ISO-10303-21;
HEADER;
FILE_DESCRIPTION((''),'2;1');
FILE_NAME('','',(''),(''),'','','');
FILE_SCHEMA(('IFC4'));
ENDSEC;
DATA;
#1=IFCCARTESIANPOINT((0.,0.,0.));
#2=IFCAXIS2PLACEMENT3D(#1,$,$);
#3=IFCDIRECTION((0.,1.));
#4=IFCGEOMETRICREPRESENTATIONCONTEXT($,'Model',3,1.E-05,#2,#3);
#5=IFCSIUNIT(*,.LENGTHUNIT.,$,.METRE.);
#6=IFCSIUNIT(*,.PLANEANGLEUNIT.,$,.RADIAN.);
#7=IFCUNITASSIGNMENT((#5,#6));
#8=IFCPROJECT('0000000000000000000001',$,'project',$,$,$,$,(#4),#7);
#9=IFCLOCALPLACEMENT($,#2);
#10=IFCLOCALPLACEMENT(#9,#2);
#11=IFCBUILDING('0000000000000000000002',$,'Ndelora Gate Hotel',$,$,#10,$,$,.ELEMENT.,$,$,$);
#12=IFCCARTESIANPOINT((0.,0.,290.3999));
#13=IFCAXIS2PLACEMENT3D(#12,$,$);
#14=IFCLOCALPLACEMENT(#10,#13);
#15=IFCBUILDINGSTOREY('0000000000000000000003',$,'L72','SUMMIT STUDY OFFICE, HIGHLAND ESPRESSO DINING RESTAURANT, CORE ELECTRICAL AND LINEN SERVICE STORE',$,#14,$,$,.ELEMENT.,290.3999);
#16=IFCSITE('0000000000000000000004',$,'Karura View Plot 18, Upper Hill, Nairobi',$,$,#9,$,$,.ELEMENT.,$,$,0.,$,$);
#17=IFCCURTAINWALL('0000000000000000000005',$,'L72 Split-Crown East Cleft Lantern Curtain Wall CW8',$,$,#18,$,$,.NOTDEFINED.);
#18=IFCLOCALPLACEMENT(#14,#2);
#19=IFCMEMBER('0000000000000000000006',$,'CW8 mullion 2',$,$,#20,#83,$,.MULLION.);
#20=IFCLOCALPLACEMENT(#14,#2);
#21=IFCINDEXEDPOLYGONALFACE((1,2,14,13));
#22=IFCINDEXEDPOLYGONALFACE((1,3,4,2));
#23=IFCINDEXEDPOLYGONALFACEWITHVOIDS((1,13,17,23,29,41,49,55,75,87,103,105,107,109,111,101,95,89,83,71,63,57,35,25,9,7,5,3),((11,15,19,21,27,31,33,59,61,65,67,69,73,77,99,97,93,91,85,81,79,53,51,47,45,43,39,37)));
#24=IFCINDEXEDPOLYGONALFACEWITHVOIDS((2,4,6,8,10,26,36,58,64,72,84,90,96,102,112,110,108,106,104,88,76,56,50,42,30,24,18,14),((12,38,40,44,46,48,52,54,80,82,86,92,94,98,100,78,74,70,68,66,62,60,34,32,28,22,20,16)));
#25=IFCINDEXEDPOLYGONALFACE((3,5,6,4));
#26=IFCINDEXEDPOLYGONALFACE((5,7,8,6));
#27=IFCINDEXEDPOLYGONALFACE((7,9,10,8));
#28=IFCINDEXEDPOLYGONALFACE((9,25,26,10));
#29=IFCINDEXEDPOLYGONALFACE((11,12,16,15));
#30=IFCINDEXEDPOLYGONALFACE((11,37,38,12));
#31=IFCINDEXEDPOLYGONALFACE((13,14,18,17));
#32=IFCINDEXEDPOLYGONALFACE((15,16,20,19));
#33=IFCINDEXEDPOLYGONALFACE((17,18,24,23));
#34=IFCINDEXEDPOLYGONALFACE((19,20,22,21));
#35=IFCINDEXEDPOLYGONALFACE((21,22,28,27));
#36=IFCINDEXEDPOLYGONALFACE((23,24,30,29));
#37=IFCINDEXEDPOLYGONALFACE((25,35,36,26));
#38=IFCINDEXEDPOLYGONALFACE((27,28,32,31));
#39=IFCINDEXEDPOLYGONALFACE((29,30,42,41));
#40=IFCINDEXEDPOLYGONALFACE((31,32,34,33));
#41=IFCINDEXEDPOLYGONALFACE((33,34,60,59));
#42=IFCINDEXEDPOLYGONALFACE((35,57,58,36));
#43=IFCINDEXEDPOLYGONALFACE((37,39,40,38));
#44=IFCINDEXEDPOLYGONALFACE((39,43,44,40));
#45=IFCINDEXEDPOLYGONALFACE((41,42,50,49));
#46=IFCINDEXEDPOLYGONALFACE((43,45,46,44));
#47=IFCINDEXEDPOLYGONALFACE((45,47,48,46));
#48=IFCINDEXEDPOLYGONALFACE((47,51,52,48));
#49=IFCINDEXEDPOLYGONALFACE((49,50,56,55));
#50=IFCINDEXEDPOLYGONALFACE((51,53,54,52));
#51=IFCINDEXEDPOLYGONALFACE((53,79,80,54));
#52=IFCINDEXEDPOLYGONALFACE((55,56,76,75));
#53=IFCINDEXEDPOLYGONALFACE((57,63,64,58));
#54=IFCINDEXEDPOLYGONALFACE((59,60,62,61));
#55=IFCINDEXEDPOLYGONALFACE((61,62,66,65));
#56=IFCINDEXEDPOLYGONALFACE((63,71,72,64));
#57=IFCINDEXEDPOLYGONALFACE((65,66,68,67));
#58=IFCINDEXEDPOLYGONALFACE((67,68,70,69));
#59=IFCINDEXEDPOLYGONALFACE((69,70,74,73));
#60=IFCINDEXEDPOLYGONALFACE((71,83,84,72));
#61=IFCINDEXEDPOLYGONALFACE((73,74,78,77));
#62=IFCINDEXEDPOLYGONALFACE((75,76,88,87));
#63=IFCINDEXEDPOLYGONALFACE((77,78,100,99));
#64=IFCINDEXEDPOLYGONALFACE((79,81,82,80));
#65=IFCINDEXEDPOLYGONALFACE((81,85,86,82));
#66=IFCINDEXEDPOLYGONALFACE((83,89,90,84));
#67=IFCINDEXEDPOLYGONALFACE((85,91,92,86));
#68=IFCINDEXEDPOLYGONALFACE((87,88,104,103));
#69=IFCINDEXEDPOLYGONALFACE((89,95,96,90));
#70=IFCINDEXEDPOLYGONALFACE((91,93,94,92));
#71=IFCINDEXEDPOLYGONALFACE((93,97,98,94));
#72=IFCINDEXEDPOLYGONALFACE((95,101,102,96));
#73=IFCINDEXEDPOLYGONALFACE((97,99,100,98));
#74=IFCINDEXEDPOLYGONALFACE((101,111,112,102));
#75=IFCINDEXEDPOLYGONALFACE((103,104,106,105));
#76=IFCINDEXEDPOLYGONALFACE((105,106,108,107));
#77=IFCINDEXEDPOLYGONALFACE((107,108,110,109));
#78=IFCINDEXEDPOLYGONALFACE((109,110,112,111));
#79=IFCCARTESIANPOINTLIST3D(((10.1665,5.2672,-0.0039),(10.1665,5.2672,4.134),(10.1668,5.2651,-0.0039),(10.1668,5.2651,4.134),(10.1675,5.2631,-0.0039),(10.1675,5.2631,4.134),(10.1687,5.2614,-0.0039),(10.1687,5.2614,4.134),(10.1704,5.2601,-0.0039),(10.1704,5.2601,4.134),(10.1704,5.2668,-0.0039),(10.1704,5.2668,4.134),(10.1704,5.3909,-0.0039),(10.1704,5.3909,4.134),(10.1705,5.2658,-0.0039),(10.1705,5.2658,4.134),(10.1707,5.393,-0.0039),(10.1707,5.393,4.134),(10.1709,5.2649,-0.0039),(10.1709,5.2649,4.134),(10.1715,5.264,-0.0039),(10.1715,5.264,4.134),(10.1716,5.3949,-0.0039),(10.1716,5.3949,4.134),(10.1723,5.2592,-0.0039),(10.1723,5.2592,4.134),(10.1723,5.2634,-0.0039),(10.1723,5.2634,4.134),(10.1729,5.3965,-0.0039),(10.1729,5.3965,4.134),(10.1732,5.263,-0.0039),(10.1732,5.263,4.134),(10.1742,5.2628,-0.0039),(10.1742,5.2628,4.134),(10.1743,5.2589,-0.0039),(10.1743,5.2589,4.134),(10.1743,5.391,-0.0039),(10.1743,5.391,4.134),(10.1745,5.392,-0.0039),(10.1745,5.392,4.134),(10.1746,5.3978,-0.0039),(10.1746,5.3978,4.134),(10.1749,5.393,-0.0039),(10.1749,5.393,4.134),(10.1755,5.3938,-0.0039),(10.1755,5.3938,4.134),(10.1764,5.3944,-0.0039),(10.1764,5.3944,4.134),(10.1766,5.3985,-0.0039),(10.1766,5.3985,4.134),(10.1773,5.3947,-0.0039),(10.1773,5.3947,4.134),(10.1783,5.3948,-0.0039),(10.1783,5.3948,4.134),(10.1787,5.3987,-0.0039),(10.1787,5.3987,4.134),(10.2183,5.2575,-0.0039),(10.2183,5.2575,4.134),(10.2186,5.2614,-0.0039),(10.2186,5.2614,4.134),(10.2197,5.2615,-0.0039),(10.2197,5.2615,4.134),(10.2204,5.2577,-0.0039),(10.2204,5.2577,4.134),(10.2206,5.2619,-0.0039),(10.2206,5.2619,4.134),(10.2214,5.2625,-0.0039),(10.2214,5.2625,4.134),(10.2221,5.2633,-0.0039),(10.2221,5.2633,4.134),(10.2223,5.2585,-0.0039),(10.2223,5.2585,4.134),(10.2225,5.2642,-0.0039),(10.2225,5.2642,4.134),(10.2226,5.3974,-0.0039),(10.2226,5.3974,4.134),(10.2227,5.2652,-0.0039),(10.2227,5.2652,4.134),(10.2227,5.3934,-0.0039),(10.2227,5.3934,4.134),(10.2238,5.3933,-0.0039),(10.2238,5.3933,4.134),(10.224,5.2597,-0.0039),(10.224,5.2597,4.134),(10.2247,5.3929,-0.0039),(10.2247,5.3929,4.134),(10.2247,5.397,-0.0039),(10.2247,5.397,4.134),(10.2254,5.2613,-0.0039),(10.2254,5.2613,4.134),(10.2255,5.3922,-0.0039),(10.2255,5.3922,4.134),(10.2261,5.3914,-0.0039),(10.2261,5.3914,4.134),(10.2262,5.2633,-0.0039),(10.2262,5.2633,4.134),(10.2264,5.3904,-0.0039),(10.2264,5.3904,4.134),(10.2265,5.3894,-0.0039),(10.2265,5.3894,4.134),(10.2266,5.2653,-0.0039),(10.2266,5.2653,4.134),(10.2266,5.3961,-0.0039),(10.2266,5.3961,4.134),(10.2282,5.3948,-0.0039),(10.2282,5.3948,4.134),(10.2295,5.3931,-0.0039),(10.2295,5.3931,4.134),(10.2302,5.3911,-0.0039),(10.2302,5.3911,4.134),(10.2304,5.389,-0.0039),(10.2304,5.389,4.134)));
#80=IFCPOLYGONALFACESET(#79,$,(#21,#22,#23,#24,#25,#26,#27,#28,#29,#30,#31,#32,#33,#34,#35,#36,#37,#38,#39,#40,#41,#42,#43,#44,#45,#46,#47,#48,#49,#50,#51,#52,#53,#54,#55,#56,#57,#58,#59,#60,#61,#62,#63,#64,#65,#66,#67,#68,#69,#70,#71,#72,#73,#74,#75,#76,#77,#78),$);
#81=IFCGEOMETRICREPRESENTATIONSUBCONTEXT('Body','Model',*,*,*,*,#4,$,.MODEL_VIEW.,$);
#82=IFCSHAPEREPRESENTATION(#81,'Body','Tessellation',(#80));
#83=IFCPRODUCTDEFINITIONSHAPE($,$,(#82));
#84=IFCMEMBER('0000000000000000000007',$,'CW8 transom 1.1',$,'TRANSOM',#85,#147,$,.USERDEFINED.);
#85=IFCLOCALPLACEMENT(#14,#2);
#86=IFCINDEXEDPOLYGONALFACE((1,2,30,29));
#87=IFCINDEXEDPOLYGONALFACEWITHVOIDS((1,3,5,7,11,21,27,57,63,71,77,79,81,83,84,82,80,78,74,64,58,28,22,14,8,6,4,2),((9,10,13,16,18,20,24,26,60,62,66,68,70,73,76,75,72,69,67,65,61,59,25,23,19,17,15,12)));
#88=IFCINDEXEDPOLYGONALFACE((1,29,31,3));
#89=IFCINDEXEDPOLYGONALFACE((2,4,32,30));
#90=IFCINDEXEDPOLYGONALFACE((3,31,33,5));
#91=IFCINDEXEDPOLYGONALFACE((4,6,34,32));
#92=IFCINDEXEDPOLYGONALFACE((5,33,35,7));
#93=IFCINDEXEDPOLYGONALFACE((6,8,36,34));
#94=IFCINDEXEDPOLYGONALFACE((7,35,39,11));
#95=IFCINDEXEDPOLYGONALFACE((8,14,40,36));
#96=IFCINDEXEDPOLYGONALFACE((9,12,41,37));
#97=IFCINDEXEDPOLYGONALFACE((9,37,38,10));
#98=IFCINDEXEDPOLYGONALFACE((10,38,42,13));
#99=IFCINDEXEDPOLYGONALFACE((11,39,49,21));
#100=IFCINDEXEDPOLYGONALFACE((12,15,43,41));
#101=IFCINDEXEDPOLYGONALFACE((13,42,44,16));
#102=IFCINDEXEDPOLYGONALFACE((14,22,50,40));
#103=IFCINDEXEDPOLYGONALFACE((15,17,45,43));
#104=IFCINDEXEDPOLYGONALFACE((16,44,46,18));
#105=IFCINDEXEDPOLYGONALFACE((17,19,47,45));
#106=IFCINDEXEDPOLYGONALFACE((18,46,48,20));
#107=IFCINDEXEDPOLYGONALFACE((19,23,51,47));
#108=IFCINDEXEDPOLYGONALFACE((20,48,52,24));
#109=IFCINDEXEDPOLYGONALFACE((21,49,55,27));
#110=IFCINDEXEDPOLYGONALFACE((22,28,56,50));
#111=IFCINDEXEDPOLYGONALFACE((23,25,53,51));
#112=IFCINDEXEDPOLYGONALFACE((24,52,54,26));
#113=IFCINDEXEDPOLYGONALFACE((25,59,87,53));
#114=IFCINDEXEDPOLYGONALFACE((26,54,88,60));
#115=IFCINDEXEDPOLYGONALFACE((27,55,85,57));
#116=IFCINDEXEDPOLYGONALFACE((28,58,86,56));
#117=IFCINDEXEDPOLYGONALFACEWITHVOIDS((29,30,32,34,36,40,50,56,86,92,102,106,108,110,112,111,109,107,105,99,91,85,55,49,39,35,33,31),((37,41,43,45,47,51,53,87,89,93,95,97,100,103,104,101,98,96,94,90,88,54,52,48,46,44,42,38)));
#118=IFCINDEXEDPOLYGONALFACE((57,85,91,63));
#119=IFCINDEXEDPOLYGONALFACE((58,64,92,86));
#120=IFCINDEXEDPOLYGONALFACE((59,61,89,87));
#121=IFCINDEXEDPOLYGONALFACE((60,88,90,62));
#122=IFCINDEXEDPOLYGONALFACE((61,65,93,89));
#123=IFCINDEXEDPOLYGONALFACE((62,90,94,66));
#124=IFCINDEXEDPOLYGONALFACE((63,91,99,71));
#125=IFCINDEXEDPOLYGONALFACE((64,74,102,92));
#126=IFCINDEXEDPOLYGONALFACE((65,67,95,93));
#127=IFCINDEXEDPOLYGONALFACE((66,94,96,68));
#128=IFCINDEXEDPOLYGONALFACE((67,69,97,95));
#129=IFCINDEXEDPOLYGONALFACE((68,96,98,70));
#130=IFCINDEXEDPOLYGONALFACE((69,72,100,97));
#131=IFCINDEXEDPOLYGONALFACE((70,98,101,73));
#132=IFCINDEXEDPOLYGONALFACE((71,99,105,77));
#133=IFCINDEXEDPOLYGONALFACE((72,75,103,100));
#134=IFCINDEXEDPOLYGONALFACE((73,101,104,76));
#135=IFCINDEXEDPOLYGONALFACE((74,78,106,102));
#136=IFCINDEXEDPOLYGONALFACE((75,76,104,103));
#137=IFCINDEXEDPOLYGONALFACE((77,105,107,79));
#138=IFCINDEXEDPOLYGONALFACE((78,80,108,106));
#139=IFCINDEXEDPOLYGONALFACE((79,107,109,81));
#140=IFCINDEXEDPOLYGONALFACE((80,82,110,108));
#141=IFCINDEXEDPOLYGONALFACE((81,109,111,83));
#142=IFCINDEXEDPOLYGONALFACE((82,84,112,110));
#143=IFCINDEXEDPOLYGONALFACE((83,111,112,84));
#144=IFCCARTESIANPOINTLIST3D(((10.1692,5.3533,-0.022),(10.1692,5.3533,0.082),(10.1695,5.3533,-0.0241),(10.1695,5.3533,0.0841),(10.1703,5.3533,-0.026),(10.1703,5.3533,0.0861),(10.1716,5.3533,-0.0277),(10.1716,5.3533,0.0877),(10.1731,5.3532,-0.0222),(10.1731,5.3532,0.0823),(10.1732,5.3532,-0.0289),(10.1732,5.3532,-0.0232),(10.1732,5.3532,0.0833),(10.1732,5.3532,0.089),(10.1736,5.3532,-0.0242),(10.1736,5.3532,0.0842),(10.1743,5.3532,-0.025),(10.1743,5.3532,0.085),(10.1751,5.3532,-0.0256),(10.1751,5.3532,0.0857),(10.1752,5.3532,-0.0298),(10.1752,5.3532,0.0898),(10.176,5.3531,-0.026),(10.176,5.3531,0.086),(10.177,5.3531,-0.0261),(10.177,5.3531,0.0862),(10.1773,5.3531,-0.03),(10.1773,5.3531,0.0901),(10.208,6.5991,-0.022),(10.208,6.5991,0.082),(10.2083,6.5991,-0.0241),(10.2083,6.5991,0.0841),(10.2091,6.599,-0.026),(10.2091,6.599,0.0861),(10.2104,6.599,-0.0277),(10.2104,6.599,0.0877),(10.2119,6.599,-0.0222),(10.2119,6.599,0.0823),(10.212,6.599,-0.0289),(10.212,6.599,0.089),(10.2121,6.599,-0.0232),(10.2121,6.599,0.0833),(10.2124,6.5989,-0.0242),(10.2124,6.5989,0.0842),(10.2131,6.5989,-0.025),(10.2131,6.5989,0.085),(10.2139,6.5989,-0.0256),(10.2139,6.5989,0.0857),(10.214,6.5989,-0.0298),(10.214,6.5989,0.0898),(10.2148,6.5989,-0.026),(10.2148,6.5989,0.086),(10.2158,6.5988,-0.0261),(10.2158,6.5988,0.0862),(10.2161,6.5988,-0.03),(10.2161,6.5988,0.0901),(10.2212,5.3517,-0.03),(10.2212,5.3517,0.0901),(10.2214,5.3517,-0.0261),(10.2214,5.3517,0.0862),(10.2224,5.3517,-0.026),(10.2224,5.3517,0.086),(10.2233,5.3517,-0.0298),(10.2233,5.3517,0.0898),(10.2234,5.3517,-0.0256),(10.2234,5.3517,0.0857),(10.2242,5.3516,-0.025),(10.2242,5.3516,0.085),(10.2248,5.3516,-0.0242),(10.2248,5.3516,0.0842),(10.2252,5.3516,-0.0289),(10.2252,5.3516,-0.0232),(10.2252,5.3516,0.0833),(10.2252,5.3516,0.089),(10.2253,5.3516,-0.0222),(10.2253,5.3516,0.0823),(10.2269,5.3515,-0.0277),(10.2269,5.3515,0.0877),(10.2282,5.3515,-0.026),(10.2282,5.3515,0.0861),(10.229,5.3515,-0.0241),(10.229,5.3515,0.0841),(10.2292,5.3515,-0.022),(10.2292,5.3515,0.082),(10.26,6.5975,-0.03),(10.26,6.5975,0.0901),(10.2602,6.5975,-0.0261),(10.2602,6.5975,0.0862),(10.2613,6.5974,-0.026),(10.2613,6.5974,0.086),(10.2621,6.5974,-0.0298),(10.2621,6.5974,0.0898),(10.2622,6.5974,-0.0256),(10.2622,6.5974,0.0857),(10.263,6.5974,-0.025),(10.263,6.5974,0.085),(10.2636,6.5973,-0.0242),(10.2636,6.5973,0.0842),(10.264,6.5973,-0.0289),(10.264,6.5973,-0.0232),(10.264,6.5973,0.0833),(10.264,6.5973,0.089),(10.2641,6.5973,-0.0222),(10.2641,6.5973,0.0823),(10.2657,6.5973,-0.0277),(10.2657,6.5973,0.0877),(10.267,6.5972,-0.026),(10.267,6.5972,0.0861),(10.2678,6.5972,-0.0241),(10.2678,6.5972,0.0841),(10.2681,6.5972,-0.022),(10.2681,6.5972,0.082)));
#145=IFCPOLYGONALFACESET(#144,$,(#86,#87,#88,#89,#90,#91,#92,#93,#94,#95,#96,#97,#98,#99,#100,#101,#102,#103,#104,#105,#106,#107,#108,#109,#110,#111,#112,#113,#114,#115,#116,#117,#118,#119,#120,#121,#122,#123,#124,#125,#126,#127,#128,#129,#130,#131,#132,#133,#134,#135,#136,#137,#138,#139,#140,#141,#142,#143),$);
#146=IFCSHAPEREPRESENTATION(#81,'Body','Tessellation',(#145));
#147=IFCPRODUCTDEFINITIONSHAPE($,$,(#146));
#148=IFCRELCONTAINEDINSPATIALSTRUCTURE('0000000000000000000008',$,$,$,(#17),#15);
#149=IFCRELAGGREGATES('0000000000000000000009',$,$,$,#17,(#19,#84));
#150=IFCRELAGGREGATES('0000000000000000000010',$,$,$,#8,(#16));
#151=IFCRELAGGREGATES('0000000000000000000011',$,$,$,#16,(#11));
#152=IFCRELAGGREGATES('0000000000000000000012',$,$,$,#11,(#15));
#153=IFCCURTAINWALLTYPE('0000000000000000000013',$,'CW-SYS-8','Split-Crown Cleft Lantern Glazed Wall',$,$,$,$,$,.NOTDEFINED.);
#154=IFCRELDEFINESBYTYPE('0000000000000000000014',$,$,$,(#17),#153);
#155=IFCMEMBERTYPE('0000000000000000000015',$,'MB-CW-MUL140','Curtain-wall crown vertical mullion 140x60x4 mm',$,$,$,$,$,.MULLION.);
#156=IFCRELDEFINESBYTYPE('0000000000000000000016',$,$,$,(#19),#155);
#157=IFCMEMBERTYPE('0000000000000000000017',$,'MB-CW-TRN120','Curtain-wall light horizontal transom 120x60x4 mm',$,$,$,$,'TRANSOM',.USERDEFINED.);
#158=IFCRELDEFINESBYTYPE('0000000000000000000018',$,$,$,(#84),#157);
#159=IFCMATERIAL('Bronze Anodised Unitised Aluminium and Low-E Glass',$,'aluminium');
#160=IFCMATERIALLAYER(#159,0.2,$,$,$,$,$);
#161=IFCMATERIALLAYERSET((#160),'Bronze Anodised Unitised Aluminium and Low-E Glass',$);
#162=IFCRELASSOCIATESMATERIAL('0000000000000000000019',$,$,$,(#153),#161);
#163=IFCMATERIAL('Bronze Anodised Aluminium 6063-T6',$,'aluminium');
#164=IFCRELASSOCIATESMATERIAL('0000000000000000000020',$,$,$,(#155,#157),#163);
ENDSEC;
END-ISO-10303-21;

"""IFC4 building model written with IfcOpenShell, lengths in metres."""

from ifc_helpers import new_model, si_unit, direction, frame, origin, origin_2d, place, context, subcontext, project, spatial, hollow_rectangle, extrude, material, layer, layer_set, material_profile, profile_set, type_object, element, aggregate, save


model = new_model("IFC4")

# Units and contexts
model_context = context("Model", 3, precision=1e-05, world=origin(), true_north=direction((0.0, 1.0)))
body_context = subcontext(model_context, "Body", "Model", "MODEL_VIEW")
ifc_project = project(units=[si_unit("LENGTHUNIT", "METRE"), si_unit("PLANEANGLEUNIT", "RADIAN")], contexts=[model_context])

# Site, building, storey
site_placement = place(None, origin())
site = spatial("IfcSite", under=ifc_project, at=site_placement, Name="Karura View Plot 18, Upper Hill, Nairobi", CompositionType="ELEMENT", RefElevation=0.0)
building_placement = place(site_placement, origin())
building = spatial("IfcBuilding", under=site, at=building_placement, Name="Ndelora Gate Hotel", CompositionType="ELEMENT")
storey_placement = place(building_placement, frame((0.0, 0.0, 290.3999)))
storey = spatial("IfcBuildingStorey", under=building, at=storey_placement, Name="L72", Description="SUMMIT STUDY OFFICE, HIGHLAND ESPRESSO DINING RESTAURANT, CORE ELECTRICAL AND LINEN SERVICE STORE", CompositionType="ELEMENT", Elevation=290.3999)

# Shared definitions
ifc_material_1 = material(Name="Bronze Anodised Unitised Aluminium and Low-E Glass", Category="aluminium")
ifc_layer_1 = layer(ifc_material_1, 0.2)
ifc_layer_set_1 = layer_set([ifc_layer_1], Name="Bronze Anodised Unitised Aluminium and Low-E Glass")
curtain_wall_type = type_object("IfcCurtainWallType", Name="CW-SYS-8", Description="Split-Crown Cleft Lantern Glazed Wall", PredefinedType="NOTDEFINED", material=ifc_layer_set_1)
ifc_material_2 = material(Name="Bronze Anodised Aluminium 6063-T6", Category="aluminium")
ifc_material_profile_1 = material_profile(ifc_material_2, hollow_rectangle(XDim=0.0601, YDim=0.1399, WallThickness=0.0039, InnerFilletRadius=0.0039, OuterFilletRadius=0.0081, at=origin_2d()), Name="ALU 140x60x4")
ifc_profile_set_1 = profile_set([ifc_material_profile_1], Name="Bronze Anodised Aluminium 6063-T6")
member_type_1 = type_object("IfcMemberType", Name="MB-CW-MUL140", Description="Curtain-wall crown vertical mullion 140x60x4 mm", PredefinedType="MULLION", material=ifc_profile_set_1)

# Curtain wall, members
curtain_wall_1_placement = place(storey_placement, origin())
curtain_wall_1 = element("IfcCurtainWall", 1, at=curtain_wall_1_placement, inside=storey, type_object=curtain_wall_type, Name="L72 Split-Crown East Cleft Lantern Curtain Wall CW8", PredefinedType="NOTDEFINED")
member_1_placement = place(storey_placement, frame((10.1985, 5.3281, -0.0039), z_axis=(0.0, 0.0, 1.0), x_axis=(0.999515, -0.031131, 0.0)))
member_1 = element("IfcMember", 2, at=member_1_placement, type_object=member_type_1, Name="CW8 mullion 2", PredefinedType="MULLION", context=body_context, shape_type="SweptSolid", body=[
    extrude(hollow_rectangle(XDim=0.0601, YDim=0.1399, WallThickness=0.0039, InnerFilletRadius=0.0039, OuterFilletRadius=0.0081, at=origin_2d()), origin(), (0.0, 0.0, 1.0), 4.1379),
])
ifc_material_profile_2 = material_profile(ifc_material_2, hollow_rectangle(XDim=0.0601, YDim=0.1201, WallThickness=0.0039, InnerFilletRadius=0.0039, OuterFilletRadius=0.0081, at=origin_2d()), Name="ALU 120x60x4")
ifc_profile_set_2 = profile_set([ifc_material_profile_2], Name="Bronze Anodised Aluminium 6063-T6")
member_type_2 = type_object("IfcMemberType", Name="MB-CW-TRN120", Description="Curtain-wall light horizontal transom 120x60x4 mm", ElementType="TRANSOM", PredefinedType="USERDEFINED", material=ifc_profile_set_2)
member_2_placement = place(storey_placement, frame((10.238, 6.5981, 0.03), z_axis=(-0.031143, -0.999515, 0.0), x_axis=(0.999515, -0.031143, 0.0)))
member_2 = element("IfcMember", 3, at=member_2_placement, type_object=member_type_2, Name="CW8 transom 1.1", ObjectType="TRANSOM", PredefinedType="USERDEFINED", context=body_context, shape_type="SweptSolid", body=[
    extrude(hollow_rectangle(XDim=0.0601, YDim=0.1201, WallThickness=0.0039, InnerFilletRadius=0.0039, OuterFilletRadius=0.0081, at=origin_2d()), origin(), (0.0, 0.0, 1.0), 1.2463),
])
aggregate(curtain_wall_1, [member_1, member_2])

save(model, "model.ifc")
